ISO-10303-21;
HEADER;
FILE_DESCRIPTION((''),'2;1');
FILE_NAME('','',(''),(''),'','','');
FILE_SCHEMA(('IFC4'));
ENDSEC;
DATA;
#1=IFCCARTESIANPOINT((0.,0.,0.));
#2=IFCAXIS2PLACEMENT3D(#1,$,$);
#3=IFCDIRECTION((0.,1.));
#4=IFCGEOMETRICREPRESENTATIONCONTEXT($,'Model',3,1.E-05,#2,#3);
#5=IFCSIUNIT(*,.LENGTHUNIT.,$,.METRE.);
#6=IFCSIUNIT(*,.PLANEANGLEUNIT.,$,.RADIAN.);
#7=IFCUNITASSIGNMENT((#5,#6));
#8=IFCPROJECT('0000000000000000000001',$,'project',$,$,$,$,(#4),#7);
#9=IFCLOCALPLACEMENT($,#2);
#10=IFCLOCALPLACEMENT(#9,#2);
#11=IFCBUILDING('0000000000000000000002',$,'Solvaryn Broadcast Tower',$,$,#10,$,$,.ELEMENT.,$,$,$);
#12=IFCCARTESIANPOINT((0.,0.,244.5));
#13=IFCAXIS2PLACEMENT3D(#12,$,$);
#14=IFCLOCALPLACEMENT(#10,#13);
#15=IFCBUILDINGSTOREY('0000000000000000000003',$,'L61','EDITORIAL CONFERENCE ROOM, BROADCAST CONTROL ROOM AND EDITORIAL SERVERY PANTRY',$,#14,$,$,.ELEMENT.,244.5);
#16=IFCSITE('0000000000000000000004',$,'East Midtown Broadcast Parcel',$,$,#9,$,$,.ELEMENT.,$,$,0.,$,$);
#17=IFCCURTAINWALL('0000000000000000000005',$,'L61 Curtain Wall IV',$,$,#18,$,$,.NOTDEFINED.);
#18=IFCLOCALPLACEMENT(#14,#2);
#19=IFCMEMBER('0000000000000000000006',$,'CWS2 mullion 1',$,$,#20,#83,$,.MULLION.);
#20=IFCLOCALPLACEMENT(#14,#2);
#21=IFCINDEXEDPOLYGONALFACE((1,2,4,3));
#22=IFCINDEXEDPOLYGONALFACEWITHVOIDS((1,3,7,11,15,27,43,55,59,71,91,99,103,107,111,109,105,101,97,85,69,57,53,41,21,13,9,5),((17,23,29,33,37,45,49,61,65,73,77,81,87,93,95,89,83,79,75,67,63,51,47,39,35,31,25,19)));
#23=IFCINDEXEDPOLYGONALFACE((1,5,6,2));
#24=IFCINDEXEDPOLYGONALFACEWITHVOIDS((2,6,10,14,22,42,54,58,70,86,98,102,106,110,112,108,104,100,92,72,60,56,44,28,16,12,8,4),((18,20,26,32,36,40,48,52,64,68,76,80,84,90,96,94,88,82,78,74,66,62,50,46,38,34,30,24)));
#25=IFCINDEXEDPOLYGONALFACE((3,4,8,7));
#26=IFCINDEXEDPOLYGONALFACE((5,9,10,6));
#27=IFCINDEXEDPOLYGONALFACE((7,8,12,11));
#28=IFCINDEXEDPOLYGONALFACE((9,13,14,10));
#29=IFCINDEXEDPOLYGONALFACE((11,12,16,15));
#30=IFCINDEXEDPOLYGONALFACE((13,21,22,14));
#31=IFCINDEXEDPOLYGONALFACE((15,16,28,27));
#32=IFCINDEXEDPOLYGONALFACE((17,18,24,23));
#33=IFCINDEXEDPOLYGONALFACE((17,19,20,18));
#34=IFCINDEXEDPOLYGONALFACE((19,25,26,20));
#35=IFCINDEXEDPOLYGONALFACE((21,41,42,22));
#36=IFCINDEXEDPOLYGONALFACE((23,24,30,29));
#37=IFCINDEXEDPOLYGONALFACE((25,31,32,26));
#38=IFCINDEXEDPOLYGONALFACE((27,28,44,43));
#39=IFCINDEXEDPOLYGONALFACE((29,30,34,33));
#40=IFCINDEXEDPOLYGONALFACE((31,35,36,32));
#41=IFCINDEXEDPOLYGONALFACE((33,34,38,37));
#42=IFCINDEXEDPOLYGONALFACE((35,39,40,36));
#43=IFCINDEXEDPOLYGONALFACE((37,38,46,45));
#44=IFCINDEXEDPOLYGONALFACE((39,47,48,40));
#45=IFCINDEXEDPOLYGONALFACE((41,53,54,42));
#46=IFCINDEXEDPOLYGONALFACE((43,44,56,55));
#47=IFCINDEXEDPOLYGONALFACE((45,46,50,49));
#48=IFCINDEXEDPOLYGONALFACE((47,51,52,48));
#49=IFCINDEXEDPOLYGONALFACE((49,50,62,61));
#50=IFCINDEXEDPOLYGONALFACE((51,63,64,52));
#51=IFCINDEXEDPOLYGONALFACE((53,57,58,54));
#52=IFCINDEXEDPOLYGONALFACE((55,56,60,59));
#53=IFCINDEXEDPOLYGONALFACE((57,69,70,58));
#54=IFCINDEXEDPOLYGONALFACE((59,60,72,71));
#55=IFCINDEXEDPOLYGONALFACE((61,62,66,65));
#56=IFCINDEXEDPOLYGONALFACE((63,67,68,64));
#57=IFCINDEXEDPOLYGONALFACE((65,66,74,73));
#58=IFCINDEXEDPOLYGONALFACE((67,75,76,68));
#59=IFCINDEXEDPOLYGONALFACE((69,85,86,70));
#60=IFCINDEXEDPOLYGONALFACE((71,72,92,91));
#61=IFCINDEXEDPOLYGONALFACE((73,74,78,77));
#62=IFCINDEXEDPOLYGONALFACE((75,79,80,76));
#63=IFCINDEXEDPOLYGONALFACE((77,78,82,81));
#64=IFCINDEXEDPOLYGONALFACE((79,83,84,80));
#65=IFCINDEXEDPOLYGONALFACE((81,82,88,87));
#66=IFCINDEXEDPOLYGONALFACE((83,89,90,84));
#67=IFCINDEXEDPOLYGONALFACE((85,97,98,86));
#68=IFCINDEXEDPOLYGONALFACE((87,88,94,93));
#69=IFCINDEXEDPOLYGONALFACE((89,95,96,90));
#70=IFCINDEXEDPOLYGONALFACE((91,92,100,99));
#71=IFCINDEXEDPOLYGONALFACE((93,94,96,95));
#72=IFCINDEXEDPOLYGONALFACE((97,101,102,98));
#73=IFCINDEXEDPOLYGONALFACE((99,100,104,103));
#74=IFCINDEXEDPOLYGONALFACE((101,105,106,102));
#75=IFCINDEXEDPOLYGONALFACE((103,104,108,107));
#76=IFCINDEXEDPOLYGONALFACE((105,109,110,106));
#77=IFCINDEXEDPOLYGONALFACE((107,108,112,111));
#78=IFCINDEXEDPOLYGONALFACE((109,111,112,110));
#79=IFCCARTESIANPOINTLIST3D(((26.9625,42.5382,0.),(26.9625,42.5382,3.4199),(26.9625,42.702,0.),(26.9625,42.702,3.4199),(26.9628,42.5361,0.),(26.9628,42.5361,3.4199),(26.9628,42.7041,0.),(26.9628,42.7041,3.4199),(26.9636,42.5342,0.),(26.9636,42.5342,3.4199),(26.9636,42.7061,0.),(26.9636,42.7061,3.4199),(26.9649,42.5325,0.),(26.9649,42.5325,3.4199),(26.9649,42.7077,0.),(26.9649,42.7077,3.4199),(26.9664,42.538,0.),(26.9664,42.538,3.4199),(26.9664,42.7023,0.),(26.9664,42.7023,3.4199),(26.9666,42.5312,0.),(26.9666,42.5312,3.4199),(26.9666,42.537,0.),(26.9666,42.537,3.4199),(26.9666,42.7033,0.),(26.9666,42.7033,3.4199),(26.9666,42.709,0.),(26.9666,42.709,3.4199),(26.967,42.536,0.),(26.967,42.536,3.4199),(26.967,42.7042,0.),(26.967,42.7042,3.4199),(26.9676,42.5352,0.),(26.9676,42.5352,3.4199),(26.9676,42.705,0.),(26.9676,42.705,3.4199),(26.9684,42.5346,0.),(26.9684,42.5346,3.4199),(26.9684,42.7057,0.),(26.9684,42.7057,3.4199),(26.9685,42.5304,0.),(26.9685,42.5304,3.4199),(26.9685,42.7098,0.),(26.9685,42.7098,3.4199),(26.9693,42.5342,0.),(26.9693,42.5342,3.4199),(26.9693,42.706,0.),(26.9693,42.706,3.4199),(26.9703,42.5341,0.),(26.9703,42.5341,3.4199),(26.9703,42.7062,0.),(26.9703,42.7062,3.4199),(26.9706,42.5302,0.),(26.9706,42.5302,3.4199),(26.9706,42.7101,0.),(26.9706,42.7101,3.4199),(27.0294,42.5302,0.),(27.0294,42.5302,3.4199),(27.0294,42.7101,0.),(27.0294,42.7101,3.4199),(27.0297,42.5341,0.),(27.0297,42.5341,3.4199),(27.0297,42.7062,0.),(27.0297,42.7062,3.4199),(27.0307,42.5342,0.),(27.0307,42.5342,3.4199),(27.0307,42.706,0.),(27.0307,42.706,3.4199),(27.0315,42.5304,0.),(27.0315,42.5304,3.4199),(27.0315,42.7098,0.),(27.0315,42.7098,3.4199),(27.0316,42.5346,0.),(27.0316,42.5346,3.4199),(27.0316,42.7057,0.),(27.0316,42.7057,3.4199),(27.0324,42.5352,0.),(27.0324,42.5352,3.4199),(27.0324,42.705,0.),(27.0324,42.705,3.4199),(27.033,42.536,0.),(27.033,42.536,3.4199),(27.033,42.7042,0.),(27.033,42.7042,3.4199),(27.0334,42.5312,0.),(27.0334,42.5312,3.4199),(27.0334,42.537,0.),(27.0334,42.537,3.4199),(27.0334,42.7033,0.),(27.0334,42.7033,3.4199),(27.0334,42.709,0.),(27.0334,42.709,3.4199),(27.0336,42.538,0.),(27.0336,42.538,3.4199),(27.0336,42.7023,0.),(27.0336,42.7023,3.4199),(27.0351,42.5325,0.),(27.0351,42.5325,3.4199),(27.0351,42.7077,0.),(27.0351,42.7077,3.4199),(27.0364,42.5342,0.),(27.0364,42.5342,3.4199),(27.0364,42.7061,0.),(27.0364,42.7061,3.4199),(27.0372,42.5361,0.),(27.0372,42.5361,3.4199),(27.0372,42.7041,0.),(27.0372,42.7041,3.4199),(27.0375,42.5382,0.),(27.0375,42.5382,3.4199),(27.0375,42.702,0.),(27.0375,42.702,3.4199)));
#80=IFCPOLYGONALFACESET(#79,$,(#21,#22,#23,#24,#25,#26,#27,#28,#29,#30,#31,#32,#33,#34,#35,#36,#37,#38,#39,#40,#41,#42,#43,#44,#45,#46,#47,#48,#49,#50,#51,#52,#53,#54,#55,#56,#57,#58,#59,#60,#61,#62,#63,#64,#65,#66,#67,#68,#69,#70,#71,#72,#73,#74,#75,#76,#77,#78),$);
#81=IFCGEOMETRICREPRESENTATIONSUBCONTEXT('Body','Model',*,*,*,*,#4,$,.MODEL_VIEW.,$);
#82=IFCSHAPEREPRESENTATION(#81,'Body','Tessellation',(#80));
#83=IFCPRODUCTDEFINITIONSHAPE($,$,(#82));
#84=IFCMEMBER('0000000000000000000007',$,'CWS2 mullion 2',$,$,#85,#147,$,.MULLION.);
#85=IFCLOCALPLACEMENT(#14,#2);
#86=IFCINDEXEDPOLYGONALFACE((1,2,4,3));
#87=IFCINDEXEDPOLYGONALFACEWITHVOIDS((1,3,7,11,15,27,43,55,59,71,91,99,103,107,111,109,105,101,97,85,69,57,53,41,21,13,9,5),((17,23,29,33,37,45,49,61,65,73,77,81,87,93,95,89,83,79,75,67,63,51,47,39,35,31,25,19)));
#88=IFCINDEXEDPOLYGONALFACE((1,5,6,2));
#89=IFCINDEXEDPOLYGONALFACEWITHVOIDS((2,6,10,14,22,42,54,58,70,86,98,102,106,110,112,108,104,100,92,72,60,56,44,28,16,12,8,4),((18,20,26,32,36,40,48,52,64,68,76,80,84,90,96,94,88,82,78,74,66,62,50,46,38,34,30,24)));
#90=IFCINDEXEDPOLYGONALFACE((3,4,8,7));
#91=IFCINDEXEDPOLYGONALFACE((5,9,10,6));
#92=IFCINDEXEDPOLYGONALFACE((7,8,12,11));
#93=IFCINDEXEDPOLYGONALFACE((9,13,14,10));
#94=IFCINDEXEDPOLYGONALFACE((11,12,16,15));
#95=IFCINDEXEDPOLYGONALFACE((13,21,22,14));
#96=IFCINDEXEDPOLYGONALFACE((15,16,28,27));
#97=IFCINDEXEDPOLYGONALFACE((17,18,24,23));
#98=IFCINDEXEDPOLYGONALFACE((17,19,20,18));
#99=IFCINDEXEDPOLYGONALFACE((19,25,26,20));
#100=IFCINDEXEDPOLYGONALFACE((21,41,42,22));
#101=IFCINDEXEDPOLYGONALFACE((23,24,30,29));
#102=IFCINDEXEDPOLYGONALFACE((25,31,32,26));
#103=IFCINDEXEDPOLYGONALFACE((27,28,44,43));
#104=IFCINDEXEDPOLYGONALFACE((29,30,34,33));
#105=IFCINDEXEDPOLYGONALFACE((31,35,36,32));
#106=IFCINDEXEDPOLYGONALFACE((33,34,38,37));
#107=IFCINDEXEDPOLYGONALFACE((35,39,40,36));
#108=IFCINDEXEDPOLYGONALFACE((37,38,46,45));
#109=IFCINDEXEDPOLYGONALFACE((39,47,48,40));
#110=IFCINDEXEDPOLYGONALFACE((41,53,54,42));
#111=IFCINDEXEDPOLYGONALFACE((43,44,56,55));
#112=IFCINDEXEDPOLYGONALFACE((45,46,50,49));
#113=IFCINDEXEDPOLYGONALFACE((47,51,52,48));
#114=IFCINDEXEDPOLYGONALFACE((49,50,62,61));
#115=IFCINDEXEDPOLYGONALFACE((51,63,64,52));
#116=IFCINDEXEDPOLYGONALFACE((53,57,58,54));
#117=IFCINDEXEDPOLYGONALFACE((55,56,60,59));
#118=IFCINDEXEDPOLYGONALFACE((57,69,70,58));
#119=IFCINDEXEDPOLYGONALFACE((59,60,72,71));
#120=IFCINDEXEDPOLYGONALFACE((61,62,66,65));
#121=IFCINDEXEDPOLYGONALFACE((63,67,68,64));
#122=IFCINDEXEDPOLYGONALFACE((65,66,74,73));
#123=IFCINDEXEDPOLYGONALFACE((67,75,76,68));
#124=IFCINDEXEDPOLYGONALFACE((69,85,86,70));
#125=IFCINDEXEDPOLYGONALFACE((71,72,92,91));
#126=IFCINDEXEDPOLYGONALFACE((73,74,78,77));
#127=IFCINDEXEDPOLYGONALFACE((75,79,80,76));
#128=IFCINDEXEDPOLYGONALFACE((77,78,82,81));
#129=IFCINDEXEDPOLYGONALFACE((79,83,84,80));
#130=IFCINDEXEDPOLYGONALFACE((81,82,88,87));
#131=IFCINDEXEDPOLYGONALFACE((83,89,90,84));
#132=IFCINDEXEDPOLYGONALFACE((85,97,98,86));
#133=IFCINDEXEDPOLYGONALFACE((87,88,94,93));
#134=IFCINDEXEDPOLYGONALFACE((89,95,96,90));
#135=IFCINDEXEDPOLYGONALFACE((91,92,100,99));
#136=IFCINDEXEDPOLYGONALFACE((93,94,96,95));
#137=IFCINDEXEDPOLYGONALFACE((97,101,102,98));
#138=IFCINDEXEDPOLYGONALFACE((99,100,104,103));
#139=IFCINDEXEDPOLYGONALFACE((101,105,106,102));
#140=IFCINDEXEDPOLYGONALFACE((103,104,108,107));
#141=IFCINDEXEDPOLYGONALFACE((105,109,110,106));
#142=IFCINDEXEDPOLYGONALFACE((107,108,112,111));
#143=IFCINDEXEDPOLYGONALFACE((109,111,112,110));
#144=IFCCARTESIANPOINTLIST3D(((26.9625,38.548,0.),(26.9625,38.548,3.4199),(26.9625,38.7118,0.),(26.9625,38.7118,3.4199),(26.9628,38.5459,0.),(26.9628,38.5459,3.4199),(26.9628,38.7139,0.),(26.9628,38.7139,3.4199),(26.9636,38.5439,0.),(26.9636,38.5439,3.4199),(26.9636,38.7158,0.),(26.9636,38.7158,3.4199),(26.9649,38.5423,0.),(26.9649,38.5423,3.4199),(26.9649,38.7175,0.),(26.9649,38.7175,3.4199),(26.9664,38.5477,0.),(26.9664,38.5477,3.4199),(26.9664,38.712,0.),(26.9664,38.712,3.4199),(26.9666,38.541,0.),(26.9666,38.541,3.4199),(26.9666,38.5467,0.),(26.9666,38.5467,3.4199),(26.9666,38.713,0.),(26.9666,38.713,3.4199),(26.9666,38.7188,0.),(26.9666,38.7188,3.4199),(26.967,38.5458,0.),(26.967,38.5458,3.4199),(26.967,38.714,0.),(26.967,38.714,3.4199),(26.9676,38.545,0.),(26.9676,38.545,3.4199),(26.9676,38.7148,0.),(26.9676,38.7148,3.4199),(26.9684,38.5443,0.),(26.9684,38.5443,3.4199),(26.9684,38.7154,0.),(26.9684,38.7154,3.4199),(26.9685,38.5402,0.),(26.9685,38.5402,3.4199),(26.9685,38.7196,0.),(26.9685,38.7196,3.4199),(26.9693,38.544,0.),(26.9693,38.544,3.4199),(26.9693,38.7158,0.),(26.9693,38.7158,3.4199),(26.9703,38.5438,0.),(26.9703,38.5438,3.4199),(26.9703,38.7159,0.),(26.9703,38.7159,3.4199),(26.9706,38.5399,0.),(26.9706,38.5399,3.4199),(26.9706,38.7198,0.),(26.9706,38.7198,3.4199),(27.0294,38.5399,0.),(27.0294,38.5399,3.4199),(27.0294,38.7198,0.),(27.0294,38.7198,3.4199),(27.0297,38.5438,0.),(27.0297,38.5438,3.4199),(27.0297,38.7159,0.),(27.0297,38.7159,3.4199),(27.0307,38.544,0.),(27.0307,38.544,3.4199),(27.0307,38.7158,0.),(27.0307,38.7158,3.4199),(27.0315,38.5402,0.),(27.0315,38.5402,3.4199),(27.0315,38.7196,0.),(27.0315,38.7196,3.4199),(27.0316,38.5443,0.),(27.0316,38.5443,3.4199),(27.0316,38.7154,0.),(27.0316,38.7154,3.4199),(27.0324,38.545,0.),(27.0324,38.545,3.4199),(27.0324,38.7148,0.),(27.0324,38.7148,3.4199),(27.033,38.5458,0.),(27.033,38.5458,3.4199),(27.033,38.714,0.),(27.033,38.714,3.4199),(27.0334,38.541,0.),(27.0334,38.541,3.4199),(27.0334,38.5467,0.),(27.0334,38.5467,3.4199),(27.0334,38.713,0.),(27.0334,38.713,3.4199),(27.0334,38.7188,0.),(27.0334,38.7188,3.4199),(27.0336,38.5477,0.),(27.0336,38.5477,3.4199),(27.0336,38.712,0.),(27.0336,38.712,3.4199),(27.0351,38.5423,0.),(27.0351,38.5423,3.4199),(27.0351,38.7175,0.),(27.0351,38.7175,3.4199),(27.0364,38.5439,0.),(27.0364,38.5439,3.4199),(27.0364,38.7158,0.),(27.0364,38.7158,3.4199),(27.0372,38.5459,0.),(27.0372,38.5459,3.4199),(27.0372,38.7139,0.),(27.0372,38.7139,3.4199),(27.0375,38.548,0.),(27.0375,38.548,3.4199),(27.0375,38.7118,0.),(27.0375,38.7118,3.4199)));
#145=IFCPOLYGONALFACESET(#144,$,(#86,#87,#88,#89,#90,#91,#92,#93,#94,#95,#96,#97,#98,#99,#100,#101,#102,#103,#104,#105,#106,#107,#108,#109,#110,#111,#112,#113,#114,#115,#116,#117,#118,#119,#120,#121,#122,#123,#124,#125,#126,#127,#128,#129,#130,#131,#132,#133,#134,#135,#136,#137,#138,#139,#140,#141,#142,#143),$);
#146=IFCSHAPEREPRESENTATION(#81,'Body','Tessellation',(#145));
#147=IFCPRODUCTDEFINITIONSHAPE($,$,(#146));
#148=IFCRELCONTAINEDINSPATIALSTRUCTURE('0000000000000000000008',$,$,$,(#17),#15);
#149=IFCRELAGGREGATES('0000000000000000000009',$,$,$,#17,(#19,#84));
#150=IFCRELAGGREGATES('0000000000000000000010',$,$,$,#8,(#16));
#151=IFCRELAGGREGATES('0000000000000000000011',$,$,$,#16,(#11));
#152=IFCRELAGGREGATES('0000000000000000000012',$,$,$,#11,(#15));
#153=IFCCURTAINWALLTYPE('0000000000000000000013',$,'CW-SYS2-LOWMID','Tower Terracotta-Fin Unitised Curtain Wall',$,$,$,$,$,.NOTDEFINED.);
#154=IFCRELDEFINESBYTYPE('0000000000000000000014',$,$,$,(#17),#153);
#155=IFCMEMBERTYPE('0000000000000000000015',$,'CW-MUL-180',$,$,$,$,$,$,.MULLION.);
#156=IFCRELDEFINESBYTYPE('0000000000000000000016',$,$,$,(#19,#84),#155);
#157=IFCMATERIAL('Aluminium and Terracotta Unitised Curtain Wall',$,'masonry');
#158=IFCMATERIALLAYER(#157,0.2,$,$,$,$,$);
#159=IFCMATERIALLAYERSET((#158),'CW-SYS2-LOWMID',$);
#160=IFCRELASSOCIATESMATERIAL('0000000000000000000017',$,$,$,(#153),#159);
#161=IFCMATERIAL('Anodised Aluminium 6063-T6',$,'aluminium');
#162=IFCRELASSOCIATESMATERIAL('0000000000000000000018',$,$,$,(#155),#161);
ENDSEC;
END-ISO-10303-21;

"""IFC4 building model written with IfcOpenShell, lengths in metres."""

from ifc_helpers import new_model, si_unit, direction, frame, origin, origin_2d, place, context, subcontext, project, spatial, hollow_rectangle, extrude, material, layer, layer_set, material_profile, profile_set, type_object, element, aggregate, save


model = new_model("IFC4")

# Units and contexts
model_context = context("Model", 3, precision=1e-05, world=origin(), true_north=direction((0.0, 1.0)))
body_context = subcontext(model_context, "Body", "Model", "MODEL_VIEW")
ifc_project = project(units=[si_unit("LENGTHUNIT", "METRE"), si_unit("PLANEANGLEUNIT", "RADIAN")], contexts=[model_context])

# Site, building, storey
site_placement = place(None, origin())
site = spatial("IfcSite", under=ifc_project, at=site_placement, Name="East Midtown Broadcast Parcel", CompositionType="ELEMENT", RefElevation=0.0)
building_placement = place(site_placement, origin())
building = spatial("IfcBuilding", under=site, at=building_placement, Name="Solvaryn Broadcast Tower", CompositionType="ELEMENT")
storey_placement = place(building_placement, frame((0.0, 0.0, 244.5)))
storey = spatial("IfcBuildingStorey", under=building, at=storey_placement, Name="L61", Description="EDITORIAL CONFERENCE ROOM, BROADCAST CONTROL ROOM AND EDITORIAL SERVERY PANTRY", CompositionType="ELEMENT", Elevation=244.5)

# Curtain wall, members
ifc_material_1 = material(Name="Aluminium and Terracotta Unitised Curtain Wall", Category="masonry")
ifc_layer_1 = layer(ifc_material_1, 0.2)
ifc_layer_set_1 = layer_set([ifc_layer_1], Name="CW-SYS2-LOWMID")
curtain_wall_type = type_object("IfcCurtainWallType", Name="CW-SYS2-LOWMID", Description="Tower Terracotta-Fin Unitised Curtain Wall", PredefinedType="NOTDEFINED", material=ifc_layer_set_1)
curtain_wall_1_placement = place(storey_placement, origin())
curtain_wall_1 = element("IfcCurtainWall", 1, at=curtain_wall_1_placement, inside=storey, type_object=curtain_wall_type, Name="L61 Curtain Wall IV", PredefinedType="NOTDEFINED")
ifc_material_2 = material(Name="Anodised Aluminium 6063-T6", Category="aluminium")
ifc_material_profile_1 = material_profile(ifc_material_2, hollow_rectangle(XDim=0.075, YDim=0.1799, WallThickness=0.0039, InnerFilletRadius=0.0039, OuterFilletRadius=0.0081, at=origin_2d()))
ifc_profile_set_1 = profile_set([ifc_material_profile_1], Name="Anodised Aluminium 6063-T6")
member_type_1 = type_object("IfcMemberType", Name="CW-MUL-180", PredefinedType="MULLION", material=ifc_profile_set_1)
member_1_placement = place(storey_placement, frame((27.0, 42.6201, 0.0), z_axis=(0.0, 0.0, 1.0), x_axis=(1.0, 0.0, 0.0)))
member_1 = element("IfcMember", 2, at=member_1_placement, type_object=member_type_1, Name="CWS2 mullion 1", PredefinedType="MULLION", context=body_context, shape_type="SweptSolid", body=[
    extrude(hollow_rectangle(XDim=0.075, YDim=0.1799, WallThickness=0.0039, InnerFilletRadius=0.0039, OuterFilletRadius=0.0081, at=origin_2d()), origin(), (0.0, 0.0, 1.0), 3.4199),
])
member_2_placement = place(storey_placement, frame((27.0, 38.6299, 0.0), z_axis=(0.0, 0.0, 1.0), x_axis=(1.0, 0.0, 0.0)))
member_2 = element("IfcMember", 3, at=member_2_placement, type_object=member_type_1, Name="CWS2 mullion 2", PredefinedType="MULLION", context=body_context, shape_type="SweptSolid", body=[
    extrude(hollow_rectangle(XDim=0.075, YDim=0.1799, WallThickness=0.0039, InnerFilletRadius=0.0039, OuterFilletRadius=0.0081, at=origin_2d()), origin(), (0.0, 0.0, 1.0), 3.4199),
])

aggregate(curtain_wall_1, [member_1, member_2])

save(model, "model.ifc")
